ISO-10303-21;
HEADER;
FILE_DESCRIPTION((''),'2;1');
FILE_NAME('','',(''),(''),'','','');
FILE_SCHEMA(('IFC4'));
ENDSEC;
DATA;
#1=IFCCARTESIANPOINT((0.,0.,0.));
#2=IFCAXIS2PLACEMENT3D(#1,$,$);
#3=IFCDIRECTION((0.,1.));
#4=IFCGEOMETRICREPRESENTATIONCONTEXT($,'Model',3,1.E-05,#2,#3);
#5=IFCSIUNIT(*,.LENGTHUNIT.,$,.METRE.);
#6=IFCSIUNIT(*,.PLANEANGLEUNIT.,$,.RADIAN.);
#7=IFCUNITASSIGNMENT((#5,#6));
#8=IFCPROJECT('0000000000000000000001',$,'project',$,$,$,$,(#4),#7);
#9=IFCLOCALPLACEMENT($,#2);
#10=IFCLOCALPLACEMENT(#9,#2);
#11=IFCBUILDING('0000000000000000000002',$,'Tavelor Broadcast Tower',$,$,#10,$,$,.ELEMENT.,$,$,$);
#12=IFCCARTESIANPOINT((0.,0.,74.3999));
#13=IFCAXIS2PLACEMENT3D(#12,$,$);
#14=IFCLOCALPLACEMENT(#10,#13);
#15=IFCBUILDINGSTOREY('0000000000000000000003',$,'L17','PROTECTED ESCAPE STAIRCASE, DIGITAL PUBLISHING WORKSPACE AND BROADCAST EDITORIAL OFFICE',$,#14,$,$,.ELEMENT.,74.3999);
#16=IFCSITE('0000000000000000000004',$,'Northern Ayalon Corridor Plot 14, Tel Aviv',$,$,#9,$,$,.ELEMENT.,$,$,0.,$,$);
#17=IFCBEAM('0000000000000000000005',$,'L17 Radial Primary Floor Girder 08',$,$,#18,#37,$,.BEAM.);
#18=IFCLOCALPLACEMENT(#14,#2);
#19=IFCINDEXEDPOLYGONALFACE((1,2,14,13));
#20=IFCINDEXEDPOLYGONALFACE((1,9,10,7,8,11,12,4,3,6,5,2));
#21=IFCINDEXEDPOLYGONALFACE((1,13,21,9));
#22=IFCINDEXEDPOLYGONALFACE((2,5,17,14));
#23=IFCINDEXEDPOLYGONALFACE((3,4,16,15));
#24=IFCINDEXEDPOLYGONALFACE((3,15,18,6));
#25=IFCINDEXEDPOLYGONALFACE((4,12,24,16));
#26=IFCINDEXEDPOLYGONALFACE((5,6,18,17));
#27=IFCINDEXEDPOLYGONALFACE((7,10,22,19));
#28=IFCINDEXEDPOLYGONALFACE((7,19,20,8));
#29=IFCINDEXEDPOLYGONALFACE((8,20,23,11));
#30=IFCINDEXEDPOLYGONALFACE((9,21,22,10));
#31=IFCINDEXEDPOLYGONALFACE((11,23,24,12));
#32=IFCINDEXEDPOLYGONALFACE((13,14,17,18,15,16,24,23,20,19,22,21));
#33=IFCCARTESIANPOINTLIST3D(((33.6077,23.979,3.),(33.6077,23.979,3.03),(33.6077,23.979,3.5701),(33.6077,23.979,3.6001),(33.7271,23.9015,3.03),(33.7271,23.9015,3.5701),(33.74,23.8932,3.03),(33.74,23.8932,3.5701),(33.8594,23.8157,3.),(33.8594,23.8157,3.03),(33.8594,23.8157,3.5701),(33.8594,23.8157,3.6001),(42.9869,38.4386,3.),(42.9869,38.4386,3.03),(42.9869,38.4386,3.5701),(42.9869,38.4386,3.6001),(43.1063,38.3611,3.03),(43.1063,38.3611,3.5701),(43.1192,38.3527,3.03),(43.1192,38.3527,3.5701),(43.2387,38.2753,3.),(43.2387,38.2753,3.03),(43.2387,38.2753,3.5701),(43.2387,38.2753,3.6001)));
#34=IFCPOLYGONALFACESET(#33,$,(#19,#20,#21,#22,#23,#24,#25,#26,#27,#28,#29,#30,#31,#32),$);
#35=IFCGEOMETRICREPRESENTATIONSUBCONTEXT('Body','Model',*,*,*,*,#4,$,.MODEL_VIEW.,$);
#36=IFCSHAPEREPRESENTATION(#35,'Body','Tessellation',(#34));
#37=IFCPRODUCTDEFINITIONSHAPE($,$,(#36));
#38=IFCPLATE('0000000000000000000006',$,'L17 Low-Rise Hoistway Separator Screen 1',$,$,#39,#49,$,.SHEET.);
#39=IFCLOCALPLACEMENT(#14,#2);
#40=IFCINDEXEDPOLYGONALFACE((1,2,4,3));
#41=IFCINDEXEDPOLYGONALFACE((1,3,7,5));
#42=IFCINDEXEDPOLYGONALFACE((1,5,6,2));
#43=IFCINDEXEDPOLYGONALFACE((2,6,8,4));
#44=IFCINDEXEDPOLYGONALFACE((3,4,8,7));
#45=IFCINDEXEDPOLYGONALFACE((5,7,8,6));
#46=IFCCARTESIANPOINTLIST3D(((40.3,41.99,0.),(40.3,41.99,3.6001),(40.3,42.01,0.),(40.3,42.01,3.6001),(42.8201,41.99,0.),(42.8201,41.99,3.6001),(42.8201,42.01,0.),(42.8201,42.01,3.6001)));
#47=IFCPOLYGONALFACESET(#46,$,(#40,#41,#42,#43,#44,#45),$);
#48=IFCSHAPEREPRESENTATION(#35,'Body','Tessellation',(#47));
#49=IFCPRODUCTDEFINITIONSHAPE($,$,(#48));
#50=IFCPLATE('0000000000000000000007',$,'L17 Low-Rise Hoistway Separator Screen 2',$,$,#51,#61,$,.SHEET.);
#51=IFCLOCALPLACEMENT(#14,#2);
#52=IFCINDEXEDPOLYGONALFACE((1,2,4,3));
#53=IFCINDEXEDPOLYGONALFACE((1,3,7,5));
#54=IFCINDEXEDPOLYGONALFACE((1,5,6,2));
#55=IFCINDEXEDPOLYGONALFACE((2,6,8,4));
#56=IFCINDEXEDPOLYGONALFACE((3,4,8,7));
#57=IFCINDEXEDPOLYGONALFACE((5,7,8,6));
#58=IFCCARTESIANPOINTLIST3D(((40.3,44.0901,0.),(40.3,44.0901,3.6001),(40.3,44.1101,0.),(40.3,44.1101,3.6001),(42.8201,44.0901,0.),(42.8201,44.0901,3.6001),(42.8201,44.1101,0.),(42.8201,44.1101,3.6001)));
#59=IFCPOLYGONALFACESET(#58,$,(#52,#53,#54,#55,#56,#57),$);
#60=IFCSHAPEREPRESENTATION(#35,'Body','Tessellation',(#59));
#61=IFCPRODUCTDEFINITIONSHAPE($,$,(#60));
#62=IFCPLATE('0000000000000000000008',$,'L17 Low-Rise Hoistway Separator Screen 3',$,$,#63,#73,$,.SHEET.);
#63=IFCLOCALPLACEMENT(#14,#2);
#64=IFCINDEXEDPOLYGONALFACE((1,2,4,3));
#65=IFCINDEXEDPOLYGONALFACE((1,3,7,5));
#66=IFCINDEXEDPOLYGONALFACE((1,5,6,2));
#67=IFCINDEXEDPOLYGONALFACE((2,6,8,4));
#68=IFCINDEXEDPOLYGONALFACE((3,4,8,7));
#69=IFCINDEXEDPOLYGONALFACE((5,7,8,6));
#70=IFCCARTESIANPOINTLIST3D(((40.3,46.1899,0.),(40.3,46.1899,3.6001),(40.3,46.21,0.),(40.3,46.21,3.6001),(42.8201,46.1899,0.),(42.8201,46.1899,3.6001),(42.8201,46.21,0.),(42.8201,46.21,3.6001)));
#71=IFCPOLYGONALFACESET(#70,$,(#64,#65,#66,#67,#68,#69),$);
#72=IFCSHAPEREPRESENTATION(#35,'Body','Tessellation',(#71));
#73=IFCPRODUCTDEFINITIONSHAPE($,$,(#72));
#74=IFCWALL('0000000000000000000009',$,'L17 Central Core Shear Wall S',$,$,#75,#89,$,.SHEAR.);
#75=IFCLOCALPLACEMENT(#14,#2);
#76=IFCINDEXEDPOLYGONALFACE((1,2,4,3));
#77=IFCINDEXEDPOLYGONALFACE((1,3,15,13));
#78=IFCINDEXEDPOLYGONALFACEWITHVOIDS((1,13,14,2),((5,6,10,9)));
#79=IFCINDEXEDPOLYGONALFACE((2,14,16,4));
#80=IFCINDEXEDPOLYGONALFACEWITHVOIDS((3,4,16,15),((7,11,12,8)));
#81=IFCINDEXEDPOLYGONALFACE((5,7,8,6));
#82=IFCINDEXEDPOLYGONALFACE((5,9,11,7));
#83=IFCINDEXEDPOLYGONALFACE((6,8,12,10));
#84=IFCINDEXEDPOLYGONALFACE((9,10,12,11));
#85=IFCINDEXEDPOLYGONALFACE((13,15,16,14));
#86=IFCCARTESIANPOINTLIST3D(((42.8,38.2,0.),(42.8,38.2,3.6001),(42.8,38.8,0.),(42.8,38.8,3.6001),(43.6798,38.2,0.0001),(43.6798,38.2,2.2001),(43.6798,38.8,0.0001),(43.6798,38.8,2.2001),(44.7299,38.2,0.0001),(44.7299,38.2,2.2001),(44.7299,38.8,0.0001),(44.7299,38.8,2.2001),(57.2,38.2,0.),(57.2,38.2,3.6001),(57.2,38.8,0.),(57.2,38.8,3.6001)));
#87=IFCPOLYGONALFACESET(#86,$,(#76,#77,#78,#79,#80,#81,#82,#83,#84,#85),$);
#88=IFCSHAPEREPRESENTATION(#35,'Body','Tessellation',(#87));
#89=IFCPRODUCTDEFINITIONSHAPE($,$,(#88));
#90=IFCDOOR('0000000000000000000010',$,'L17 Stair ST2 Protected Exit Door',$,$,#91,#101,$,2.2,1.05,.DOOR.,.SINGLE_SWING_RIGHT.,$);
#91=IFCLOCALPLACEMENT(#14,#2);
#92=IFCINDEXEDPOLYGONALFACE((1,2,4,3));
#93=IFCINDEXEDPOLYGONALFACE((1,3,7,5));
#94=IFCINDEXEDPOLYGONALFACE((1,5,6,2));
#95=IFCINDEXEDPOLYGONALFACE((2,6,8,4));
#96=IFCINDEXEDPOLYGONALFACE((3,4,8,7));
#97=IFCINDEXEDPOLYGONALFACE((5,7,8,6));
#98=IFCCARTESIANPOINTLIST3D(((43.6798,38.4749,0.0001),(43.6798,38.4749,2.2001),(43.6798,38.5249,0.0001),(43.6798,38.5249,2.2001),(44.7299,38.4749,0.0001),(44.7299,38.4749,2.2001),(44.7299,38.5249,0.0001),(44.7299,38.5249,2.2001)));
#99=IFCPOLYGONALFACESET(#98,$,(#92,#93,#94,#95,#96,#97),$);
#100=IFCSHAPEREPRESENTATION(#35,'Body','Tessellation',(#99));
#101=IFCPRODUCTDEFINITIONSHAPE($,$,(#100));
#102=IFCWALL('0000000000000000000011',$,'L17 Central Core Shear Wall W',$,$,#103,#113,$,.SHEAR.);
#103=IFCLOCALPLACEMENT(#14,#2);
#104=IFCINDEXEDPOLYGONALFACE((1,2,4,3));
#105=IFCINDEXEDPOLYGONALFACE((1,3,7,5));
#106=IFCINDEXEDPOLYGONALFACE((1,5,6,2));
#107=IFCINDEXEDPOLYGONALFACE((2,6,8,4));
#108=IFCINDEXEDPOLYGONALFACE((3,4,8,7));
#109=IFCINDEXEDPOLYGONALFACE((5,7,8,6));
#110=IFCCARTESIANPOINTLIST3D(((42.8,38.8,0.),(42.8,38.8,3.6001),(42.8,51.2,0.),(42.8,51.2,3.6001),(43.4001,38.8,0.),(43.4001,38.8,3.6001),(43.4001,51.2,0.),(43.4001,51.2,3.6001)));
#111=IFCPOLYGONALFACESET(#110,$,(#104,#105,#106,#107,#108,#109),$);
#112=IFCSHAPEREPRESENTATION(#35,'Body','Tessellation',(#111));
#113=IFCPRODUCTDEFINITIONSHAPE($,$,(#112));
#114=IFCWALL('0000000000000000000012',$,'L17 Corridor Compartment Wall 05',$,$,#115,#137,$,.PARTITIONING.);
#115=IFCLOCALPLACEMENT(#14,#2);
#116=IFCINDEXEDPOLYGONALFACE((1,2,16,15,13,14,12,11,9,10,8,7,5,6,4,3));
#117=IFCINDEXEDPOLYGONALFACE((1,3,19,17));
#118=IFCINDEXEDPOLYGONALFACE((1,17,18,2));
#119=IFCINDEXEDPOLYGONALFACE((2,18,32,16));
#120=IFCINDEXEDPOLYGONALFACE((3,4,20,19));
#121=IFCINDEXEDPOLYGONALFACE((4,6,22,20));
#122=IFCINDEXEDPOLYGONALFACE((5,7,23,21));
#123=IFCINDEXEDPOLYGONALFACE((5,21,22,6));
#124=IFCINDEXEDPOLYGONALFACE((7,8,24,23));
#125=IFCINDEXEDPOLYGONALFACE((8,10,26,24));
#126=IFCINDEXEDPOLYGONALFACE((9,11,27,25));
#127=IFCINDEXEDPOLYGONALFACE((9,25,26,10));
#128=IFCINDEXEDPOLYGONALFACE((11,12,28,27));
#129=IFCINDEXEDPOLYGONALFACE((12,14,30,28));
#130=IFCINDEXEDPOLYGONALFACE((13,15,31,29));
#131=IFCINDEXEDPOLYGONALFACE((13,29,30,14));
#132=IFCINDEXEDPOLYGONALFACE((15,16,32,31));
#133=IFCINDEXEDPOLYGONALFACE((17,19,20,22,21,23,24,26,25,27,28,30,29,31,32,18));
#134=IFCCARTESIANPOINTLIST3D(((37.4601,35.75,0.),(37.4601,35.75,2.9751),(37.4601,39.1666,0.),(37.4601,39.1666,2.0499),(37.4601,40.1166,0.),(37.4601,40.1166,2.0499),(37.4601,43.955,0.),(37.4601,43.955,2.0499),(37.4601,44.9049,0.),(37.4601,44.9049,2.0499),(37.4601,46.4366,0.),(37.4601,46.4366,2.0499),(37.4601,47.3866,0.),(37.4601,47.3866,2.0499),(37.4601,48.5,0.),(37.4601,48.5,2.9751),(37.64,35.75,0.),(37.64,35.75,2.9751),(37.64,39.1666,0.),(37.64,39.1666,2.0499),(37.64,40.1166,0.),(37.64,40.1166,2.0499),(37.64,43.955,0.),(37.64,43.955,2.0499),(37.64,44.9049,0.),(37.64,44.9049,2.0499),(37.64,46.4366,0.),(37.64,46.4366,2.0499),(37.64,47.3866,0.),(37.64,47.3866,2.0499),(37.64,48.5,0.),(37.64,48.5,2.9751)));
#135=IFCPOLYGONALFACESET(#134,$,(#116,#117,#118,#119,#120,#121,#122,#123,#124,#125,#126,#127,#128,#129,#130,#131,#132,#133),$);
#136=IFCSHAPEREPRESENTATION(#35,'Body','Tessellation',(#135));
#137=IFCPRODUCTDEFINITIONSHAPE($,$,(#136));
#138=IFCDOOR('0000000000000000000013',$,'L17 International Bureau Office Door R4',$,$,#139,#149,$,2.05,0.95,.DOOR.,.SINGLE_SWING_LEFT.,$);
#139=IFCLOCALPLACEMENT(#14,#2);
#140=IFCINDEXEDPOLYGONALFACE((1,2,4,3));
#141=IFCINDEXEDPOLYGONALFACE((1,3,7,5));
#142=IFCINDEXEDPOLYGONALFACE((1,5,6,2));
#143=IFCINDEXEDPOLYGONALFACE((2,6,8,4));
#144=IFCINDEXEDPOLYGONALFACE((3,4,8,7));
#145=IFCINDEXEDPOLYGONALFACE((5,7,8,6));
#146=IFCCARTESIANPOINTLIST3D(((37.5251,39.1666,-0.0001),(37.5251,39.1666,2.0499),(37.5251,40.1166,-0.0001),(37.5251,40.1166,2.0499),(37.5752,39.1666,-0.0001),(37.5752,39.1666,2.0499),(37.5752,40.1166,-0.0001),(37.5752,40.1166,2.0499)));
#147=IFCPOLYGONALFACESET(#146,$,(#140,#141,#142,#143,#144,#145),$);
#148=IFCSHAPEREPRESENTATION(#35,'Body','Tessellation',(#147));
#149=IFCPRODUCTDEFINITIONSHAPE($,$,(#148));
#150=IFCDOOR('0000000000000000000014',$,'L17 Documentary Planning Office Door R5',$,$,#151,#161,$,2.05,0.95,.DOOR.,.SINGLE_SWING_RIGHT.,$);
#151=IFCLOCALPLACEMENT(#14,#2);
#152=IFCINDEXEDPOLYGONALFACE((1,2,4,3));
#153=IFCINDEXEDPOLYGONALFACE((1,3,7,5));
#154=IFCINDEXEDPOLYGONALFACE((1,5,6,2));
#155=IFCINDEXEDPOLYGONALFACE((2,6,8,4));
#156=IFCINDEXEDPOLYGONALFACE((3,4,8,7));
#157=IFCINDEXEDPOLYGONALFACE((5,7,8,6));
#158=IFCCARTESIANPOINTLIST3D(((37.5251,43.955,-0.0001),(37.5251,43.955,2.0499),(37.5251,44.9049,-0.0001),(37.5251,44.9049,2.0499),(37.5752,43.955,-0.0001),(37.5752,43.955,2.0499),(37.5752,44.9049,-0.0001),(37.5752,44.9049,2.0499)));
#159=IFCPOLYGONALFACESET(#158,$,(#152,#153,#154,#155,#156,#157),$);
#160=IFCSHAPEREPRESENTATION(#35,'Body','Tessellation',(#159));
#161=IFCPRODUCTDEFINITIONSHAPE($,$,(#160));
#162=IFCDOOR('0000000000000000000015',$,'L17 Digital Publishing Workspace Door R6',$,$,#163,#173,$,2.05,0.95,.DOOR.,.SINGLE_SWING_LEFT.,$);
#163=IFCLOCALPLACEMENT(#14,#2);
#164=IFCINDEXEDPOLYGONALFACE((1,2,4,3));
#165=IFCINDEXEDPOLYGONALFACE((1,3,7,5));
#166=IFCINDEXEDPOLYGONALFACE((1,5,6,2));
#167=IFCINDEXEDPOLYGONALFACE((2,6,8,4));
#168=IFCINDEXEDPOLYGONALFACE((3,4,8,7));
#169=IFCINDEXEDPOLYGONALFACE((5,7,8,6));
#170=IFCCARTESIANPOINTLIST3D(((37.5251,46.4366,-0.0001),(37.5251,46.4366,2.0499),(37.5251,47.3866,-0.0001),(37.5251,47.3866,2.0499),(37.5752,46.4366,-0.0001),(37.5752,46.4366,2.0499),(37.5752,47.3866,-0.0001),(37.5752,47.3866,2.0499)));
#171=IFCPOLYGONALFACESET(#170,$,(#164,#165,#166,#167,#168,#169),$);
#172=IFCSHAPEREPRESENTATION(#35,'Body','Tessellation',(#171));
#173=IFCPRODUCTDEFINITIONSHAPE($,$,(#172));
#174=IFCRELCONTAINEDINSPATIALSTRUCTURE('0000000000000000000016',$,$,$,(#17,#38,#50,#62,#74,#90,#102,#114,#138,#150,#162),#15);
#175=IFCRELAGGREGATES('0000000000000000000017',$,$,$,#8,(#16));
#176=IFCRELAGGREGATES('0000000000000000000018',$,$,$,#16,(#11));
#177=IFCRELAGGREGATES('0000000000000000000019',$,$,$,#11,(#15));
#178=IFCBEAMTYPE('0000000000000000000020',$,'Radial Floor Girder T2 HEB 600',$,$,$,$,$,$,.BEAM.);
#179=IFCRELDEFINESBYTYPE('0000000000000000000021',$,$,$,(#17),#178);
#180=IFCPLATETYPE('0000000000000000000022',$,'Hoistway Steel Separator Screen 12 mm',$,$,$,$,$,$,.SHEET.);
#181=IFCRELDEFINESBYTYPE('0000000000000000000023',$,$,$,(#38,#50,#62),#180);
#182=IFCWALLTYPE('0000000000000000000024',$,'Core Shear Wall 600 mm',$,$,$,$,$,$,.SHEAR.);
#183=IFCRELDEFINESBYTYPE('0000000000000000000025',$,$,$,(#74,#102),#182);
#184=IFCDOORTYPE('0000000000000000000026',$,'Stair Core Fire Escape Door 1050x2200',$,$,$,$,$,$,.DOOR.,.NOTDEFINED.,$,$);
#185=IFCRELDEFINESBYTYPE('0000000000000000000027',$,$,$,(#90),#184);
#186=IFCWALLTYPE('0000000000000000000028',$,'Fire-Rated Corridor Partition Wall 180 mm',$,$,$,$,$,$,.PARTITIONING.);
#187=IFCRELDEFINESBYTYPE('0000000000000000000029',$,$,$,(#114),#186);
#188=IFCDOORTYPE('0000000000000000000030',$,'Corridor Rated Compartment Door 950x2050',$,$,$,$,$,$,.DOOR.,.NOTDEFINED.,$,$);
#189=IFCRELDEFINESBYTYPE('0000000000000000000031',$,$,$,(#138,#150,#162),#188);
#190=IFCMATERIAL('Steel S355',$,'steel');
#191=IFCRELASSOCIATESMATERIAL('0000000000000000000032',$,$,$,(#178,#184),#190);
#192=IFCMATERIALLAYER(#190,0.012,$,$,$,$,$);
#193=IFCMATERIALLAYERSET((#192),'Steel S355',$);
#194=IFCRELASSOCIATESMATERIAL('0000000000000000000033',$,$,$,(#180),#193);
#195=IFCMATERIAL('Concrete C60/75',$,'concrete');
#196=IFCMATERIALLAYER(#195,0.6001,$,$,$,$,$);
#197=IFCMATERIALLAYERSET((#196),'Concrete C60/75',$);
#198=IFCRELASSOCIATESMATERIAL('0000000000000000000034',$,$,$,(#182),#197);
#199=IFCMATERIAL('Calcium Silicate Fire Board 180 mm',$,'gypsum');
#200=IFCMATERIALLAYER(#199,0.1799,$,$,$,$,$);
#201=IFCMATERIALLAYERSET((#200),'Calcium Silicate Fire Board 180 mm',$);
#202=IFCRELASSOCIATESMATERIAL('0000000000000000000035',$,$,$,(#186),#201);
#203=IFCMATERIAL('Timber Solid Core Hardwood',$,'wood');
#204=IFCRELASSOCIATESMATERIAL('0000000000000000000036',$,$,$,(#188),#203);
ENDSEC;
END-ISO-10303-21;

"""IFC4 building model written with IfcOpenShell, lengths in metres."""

from ifc_helpers import new_model, si_unit, direction, frame, frame_2d, origin, origin_2d, place, context, subcontext, project, spatial, rectangle, i_section, extrude, source, transform, mapped, material, layer, layer_set, material_profile, profile_set, type_object, type_shapes, element, fill, save


model = new_model("IFC4")

# Units and contexts
model_context = context("Model", 3, precision=1e-05, world=origin(), true_north=direction((0.0, 1.0)))
body_context = subcontext(model_context, "Body", "Model", "MODEL_VIEW")
ifc_project = project(units=[si_unit("LENGTHUNIT", "METRE"), si_unit("PLANEANGLEUNIT", "RADIAN")], contexts=[model_context])

# Site, building, storey
site_placement = place(None, origin())
site = spatial("IfcSite", under=ifc_project, at=site_placement, Name="Northern Ayalon Corridor Plot 14, Tel Aviv", CompositionType="ELEMENT", RefElevation=0.0)
building_placement = place(site_placement, origin())
building = spatial("IfcBuilding", under=site, at=building_placement, Name="Tavelor Broadcast Tower", CompositionType="ELEMENT")
storey_placement = place(building_placement, frame((0.0, 0.0, 74.3999)))
storey = spatial("IfcBuildingStorey", under=building, at=storey_placement, Name="L17", Description="PROTECTED ESCAPE STAIRCASE, DIGITAL PUBLISHING WORKSPACE AND BROADCAST EDITORIAL OFFICE", CompositionType="ELEMENT", Elevation=74.3999)

# Shared definitions
ifc_material_1 = material(Name="Concrete C60/75", Category="concrete")

# Beam
ifc_material_2 = material(Name="Steel S355", Category="steel")
ifc_material_profile_1 = material_profile(ifc_material_2, i_section(OverallWidth=0.3, OverallDepth=0.6001, WebThickness=0.0154, FlangeThickness=0.03, at=origin_2d()), Name="HEB 600")
ifc_profile_set_1 = profile_set([ifc_material_profile_1], Name="Steel S355")
beam_type_1 = type_object("IfcBeamType", Name="Radial Floor Girder T2 HEB 600", PredefinedType="BEAM", material=ifc_profile_set_1)
beam_1_placement = place(storey_placement, frame((43.1128, 38.3569, 3.3), z_axis=(-0.544192, -0.83896, 0.0), x_axis=(0.83896, -0.544192, 0.0)))
element("IfcBeam", 1, at=beam_1_placement, inside=storey, type_object=beam_type_1, Name="L17 Radial Primary Floor Girder 08", PredefinedType="BEAM", context=body_context, shape_type="SweptSolid", body=[
    extrude(i_section(OverallWidth=0.3, OverallDepth=0.6001, WebThickness=0.0154, FlangeThickness=0.03, at=origin_2d()), origin(), (0.0, 0.0, 1.0), 17.2351),
])

# Plates
ifc_layer_1 = layer(ifc_material_2, 0.012)
ifc_layer_set_1 = layer_set([ifc_layer_1], Name="Steel S355")
plate_type = type_object("IfcPlateType", Name="Hoistway Steel Separator Screen 12 mm", PredefinedType="SHEET", material=ifc_layer_set_1)
shared_shape = source(origin(), body_context, "Body", "SweptSolid", [
    extrude(rectangle(XDim=2.52, YDim=0.02, at=origin_2d()), origin(), (0.0, 0.0, 1.0), 3.6001),
])
type_shapes(plate_type, [shared_shape])
for number, where, z_axis, x_axis, name in (
    (2, (41.5601, 42.0, 0.0), (0.0, 0.0, 1.0), (1.0, 0.0, 0.0), "L17 Low-Rise Hoistway Separator Screen 1"),
    (3, (41.5601, 44.1001, 0.0), (0.0, 0.0, 1.0), (1.0, 0.0, 0.0), "L17 Low-Rise Hoistway Separator Screen 2"),
    (4, (41.5601, 46.2, 0.0), (0.0, 0.0, 1.0), (1.0, 0.0, 0.0), "L17 Low-Rise Hoistway Separator Screen 3"),
):
    element("IfcPlate", number, at=place(storey_placement, frame(where, z_axis=z_axis, x_axis=x_axis)), inside=storey, type_object=plate_type, Name=name, PredefinedType="SHEET", context=body_context, shape_type="MappedRepresentation", body=[
        mapped(shared_shape, transform((0.0, 0.0, 0.0), scale=1.0)),
    ])

# Wall, opening, door
ifc_layer_2 = layer(ifc_material_1, 0.6001)
ifc_layer_set_2 = layer_set([ifc_layer_2], Name="Concrete C60/75")
wall_type_1 = type_object("IfcWallType", Name="Core Shear Wall 600 mm", PredefinedType="SHEAR", material=ifc_layer_set_2)
wall_1_placement = place(storey_placement, frame((42.8, 38.5, 0.0), z_axis=(0.0, 0.0, 1.0), x_axis=(1.0, 0.0, 0.0)))
wall_1 = element("IfcWall", 5, at=wall_1_placement, inside=storey, type_object=wall_type_1, Name="L17 Central Core Shear Wall S", PredefinedType="SHEAR", context=body_context, shape_type="SweptSolid", body=[
    extrude(rectangle(XDim=14.3999, YDim=0.6001, at=frame_2d((7.2, 0.0))), origin(), (0.0, 0.0, 1.0), 3.6001),
])
opening_1_placement = place(wall_1_placement, frame((0.8799, 0.0, 0.0)))
opening_1 = element("IfcOpeningElement", 6, at=opening_1_placement, cuts=wall_1, PredefinedType="OPENING", context=body_context, shape_type="SweptSolid", body=[
    extrude(rectangle(XDim=1.05, YDim=2.2, at=frame_2d((0.5249, 1.1001))), frame((0.0, 0.3101, 0.0), z_axis=(0.0, -1.0, 0.0), x_axis=(1.0, 0.0, 0.0)), (0.0, 0.0, 1.0), 0.6201),
])
door_type_1 = type_object("IfcDoorType", Name="Stair Core Fire Escape Door 1050x2200", OperationType="NOTDEFINED", PredefinedType="DOOR", material=ifc_material_2)
door_1_placement = place(opening_1_placement, origin())
door_1 = element("IfcDoor", 7, at=door_1_placement, inside=storey, type_object=door_type_1, Name="L17 Stair ST2 Protected Exit Door", OperationType="SINGLE_SWING_RIGHT", OverallHeight=2.2, OverallWidth=1.05, PredefinedType="DOOR", context=body_context, shape_type="SweptSolid", body=[
    extrude(rectangle(XDim=1.05, YDim=2.2, at=frame_2d((0.5249, 1.1001))), frame((0.0, 0.0249, 0.0), z_axis=(0.0, -1.0, 0.0), x_axis=(1.0, 0.0, 0.0)), (0.0, 0.0, 1.0), 0.05),
])
fill(opening_1, door_1)

# Wall
wall_2_placement = place(storey_placement, frame((43.1001, 38.8, 0.0), z_axis=(0.0, 0.0, 1.0), x_axis=(0.0, 1.0, 0.0)))
element("IfcWall", 8, at=wall_2_placement, inside=storey, type_object=wall_type_1, Name="L17 Central Core Shear Wall W", PredefinedType="SHEAR", context=body_context, shape_type="SweptSolid", body=[
    extrude(rectangle(XDim=12.3999, YDim=0.6001, at=frame_2d((6.2, 0.0))), origin(), (0.0, 0.0, 1.0), 3.6001),
])

# Wall, openings, doors
ifc_material_3 = material(Name="Calcium Silicate Fire Board 180 mm", Category="gypsum")
ifc_layer_3 = layer(ifc_material_3, 0.1799)
ifc_layer_set_3 = layer_set([ifc_layer_3], Name="Calcium Silicate Fire Board 180 mm")
wall_type_2 = type_object("IfcWallType", Name="Fire-Rated Corridor Partition Wall 180 mm", PredefinedType="PARTITIONING", material=ifc_layer_set_3)
wall_3_placement = place(storey_placement, frame((37.55, 35.75, 0.0), z_axis=(0.0, 0.0, 1.0), x_axis=(0.0, 1.0, 0.0)))
wall_3 = element("IfcWall", 9, at=wall_3_placement, inside=storey, type_object=wall_type_2, Name="L17 Corridor Compartment Wall 05", PredefinedType="PARTITIONING", context=body_context, shape_type="SweptSolid", body=[
    extrude(rectangle(XDim=12.75, YDim=0.1799, at=frame_2d((6.375, 0.0))), origin(), (0.0, 0.0, 1.0), 2.9751),
])
opening_2_placement = place(wall_3_placement, frame((3.4165, 0.0, 0.0)))
opening_2 = element("IfcOpeningElement", 10, at=opening_2_placement, cuts=wall_3, PredefinedType="OPENING", context=body_context, shape_type="SweptSolid", body=[
    extrude(rectangle(XDim=0.95, YDim=2.05, at=frame_2d((0.4751, 1.0249))), frame((0.0, 0.1001, 0.0), z_axis=(0.0, -1.0, 0.0), x_axis=(1.0, 0.0, 0.0)), (0.0, 0.0, 1.0), 0.2),
])
opening_3_placement = place(wall_3_placement, frame((8.2048, 0.0, 0.0)))
opening_3 = element("IfcOpeningElement", 11, at=opening_3_placement, cuts=wall_3, PredefinedType="OPENING", context=body_context, shape_type="SweptSolid", body=[
    extrude(rectangle(XDim=0.95, YDim=2.05, at=frame_2d((0.4751, 1.0249))), frame((0.0, 0.1001, 0.0), z_axis=(0.0, -1.0, 0.0), x_axis=(1.0, 0.0, 0.0)), (0.0, 0.0, 1.0), 0.2),
])
opening_4_placement = place(wall_3_placement, frame((10.6865, 0.0, 0.0)))
opening_4 = element("IfcOpeningElement", 12, at=opening_4_placement, cuts=wall_3, PredefinedType="OPENING", context=body_context, shape_type="SweptSolid", body=[
    extrude(rectangle(XDim=0.95, YDim=2.05, at=frame_2d((0.4751, 1.0249))), frame((0.0, 0.1001, 0.0), z_axis=(0.0, -1.0, 0.0), x_axis=(1.0, 0.0, 0.0)), (0.0, 0.0, 1.0), 0.2),
])
ifc_material_4 = material(Name="Timber Solid Core Hardwood", Category="wood")
door_type_2 = type_object("IfcDoorType", Name="Corridor Rated Compartment Door 950x2050", OperationType="NOTDEFINED", PredefinedType="DOOR", material=ifc_material_4)
door_2_placement = place(opening_2_placement, origin())
door_2 = element("IfcDoor", 13, at=door_2_placement, inside=storey, type_object=door_type_2, Name="L17 International Bureau Office Door R4", OperationType="SINGLE_SWING_LEFT", OverallHeight=2.05, OverallWidth=0.95, PredefinedType="DOOR", context=body_context, shape_type="SweptSolid", body=[
    extrude(rectangle(XDim=0.95, YDim=2.05, at=frame_2d((0.4751, 1.0249))), frame((0.0, 0.0249, 0.0), z_axis=(0.0, -1.0, 0.0), x_axis=(1.0, 0.0, 0.0)), (0.0, 0.0, 1.0), 0.05),
])
fill(opening_2, door_2)
door_3_placement = place(opening_3_placement, origin())
door_3 = element("IfcDoor", 14, at=door_3_placement, inside=storey, type_object=door_type_2, Name="L17 Documentary Planning Office Door R5", OperationType="SINGLE_SWING_RIGHT", OverallHeight=2.05, OverallWidth=0.95, PredefinedType="DOOR", context=body_context, shape_type="SweptSolid", body=[
    extrude(rectangle(XDim=0.95, YDim=2.05, at=frame_2d((0.4751, 1.0249))), frame((0.0, 0.0249, 0.0), z_axis=(0.0, -1.0, 0.0), x_axis=(1.0, 0.0, 0.0)), (0.0, 0.0, 1.0), 0.05),
])
fill(opening_3, door_3)
door_4_placement = place(opening_4_placement, origin())
door_4 = element("IfcDoor", 15, at=door_4_placement, inside=storey, type_object=door_type_2, Name="L17 Digital Publishing Workspace Door R6", OperationType="SINGLE_SWING_LEFT", OverallHeight=2.05, OverallWidth=0.95, PredefinedType="DOOR", context=body_context, shape_type="SweptSolid", body=[
    extrude(rectangle(XDim=0.95, YDim=2.05, at=frame_2d((0.4751, 1.0249))), frame((0.0, 0.0249, 0.0), z_axis=(0.0, -1.0, 0.0), x_axis=(1.0, 0.0, 0.0)), (0.0, 0.0, 1.0), 0.05),
])
fill(opening_4, door_4)

save(model, "model.ifc")
